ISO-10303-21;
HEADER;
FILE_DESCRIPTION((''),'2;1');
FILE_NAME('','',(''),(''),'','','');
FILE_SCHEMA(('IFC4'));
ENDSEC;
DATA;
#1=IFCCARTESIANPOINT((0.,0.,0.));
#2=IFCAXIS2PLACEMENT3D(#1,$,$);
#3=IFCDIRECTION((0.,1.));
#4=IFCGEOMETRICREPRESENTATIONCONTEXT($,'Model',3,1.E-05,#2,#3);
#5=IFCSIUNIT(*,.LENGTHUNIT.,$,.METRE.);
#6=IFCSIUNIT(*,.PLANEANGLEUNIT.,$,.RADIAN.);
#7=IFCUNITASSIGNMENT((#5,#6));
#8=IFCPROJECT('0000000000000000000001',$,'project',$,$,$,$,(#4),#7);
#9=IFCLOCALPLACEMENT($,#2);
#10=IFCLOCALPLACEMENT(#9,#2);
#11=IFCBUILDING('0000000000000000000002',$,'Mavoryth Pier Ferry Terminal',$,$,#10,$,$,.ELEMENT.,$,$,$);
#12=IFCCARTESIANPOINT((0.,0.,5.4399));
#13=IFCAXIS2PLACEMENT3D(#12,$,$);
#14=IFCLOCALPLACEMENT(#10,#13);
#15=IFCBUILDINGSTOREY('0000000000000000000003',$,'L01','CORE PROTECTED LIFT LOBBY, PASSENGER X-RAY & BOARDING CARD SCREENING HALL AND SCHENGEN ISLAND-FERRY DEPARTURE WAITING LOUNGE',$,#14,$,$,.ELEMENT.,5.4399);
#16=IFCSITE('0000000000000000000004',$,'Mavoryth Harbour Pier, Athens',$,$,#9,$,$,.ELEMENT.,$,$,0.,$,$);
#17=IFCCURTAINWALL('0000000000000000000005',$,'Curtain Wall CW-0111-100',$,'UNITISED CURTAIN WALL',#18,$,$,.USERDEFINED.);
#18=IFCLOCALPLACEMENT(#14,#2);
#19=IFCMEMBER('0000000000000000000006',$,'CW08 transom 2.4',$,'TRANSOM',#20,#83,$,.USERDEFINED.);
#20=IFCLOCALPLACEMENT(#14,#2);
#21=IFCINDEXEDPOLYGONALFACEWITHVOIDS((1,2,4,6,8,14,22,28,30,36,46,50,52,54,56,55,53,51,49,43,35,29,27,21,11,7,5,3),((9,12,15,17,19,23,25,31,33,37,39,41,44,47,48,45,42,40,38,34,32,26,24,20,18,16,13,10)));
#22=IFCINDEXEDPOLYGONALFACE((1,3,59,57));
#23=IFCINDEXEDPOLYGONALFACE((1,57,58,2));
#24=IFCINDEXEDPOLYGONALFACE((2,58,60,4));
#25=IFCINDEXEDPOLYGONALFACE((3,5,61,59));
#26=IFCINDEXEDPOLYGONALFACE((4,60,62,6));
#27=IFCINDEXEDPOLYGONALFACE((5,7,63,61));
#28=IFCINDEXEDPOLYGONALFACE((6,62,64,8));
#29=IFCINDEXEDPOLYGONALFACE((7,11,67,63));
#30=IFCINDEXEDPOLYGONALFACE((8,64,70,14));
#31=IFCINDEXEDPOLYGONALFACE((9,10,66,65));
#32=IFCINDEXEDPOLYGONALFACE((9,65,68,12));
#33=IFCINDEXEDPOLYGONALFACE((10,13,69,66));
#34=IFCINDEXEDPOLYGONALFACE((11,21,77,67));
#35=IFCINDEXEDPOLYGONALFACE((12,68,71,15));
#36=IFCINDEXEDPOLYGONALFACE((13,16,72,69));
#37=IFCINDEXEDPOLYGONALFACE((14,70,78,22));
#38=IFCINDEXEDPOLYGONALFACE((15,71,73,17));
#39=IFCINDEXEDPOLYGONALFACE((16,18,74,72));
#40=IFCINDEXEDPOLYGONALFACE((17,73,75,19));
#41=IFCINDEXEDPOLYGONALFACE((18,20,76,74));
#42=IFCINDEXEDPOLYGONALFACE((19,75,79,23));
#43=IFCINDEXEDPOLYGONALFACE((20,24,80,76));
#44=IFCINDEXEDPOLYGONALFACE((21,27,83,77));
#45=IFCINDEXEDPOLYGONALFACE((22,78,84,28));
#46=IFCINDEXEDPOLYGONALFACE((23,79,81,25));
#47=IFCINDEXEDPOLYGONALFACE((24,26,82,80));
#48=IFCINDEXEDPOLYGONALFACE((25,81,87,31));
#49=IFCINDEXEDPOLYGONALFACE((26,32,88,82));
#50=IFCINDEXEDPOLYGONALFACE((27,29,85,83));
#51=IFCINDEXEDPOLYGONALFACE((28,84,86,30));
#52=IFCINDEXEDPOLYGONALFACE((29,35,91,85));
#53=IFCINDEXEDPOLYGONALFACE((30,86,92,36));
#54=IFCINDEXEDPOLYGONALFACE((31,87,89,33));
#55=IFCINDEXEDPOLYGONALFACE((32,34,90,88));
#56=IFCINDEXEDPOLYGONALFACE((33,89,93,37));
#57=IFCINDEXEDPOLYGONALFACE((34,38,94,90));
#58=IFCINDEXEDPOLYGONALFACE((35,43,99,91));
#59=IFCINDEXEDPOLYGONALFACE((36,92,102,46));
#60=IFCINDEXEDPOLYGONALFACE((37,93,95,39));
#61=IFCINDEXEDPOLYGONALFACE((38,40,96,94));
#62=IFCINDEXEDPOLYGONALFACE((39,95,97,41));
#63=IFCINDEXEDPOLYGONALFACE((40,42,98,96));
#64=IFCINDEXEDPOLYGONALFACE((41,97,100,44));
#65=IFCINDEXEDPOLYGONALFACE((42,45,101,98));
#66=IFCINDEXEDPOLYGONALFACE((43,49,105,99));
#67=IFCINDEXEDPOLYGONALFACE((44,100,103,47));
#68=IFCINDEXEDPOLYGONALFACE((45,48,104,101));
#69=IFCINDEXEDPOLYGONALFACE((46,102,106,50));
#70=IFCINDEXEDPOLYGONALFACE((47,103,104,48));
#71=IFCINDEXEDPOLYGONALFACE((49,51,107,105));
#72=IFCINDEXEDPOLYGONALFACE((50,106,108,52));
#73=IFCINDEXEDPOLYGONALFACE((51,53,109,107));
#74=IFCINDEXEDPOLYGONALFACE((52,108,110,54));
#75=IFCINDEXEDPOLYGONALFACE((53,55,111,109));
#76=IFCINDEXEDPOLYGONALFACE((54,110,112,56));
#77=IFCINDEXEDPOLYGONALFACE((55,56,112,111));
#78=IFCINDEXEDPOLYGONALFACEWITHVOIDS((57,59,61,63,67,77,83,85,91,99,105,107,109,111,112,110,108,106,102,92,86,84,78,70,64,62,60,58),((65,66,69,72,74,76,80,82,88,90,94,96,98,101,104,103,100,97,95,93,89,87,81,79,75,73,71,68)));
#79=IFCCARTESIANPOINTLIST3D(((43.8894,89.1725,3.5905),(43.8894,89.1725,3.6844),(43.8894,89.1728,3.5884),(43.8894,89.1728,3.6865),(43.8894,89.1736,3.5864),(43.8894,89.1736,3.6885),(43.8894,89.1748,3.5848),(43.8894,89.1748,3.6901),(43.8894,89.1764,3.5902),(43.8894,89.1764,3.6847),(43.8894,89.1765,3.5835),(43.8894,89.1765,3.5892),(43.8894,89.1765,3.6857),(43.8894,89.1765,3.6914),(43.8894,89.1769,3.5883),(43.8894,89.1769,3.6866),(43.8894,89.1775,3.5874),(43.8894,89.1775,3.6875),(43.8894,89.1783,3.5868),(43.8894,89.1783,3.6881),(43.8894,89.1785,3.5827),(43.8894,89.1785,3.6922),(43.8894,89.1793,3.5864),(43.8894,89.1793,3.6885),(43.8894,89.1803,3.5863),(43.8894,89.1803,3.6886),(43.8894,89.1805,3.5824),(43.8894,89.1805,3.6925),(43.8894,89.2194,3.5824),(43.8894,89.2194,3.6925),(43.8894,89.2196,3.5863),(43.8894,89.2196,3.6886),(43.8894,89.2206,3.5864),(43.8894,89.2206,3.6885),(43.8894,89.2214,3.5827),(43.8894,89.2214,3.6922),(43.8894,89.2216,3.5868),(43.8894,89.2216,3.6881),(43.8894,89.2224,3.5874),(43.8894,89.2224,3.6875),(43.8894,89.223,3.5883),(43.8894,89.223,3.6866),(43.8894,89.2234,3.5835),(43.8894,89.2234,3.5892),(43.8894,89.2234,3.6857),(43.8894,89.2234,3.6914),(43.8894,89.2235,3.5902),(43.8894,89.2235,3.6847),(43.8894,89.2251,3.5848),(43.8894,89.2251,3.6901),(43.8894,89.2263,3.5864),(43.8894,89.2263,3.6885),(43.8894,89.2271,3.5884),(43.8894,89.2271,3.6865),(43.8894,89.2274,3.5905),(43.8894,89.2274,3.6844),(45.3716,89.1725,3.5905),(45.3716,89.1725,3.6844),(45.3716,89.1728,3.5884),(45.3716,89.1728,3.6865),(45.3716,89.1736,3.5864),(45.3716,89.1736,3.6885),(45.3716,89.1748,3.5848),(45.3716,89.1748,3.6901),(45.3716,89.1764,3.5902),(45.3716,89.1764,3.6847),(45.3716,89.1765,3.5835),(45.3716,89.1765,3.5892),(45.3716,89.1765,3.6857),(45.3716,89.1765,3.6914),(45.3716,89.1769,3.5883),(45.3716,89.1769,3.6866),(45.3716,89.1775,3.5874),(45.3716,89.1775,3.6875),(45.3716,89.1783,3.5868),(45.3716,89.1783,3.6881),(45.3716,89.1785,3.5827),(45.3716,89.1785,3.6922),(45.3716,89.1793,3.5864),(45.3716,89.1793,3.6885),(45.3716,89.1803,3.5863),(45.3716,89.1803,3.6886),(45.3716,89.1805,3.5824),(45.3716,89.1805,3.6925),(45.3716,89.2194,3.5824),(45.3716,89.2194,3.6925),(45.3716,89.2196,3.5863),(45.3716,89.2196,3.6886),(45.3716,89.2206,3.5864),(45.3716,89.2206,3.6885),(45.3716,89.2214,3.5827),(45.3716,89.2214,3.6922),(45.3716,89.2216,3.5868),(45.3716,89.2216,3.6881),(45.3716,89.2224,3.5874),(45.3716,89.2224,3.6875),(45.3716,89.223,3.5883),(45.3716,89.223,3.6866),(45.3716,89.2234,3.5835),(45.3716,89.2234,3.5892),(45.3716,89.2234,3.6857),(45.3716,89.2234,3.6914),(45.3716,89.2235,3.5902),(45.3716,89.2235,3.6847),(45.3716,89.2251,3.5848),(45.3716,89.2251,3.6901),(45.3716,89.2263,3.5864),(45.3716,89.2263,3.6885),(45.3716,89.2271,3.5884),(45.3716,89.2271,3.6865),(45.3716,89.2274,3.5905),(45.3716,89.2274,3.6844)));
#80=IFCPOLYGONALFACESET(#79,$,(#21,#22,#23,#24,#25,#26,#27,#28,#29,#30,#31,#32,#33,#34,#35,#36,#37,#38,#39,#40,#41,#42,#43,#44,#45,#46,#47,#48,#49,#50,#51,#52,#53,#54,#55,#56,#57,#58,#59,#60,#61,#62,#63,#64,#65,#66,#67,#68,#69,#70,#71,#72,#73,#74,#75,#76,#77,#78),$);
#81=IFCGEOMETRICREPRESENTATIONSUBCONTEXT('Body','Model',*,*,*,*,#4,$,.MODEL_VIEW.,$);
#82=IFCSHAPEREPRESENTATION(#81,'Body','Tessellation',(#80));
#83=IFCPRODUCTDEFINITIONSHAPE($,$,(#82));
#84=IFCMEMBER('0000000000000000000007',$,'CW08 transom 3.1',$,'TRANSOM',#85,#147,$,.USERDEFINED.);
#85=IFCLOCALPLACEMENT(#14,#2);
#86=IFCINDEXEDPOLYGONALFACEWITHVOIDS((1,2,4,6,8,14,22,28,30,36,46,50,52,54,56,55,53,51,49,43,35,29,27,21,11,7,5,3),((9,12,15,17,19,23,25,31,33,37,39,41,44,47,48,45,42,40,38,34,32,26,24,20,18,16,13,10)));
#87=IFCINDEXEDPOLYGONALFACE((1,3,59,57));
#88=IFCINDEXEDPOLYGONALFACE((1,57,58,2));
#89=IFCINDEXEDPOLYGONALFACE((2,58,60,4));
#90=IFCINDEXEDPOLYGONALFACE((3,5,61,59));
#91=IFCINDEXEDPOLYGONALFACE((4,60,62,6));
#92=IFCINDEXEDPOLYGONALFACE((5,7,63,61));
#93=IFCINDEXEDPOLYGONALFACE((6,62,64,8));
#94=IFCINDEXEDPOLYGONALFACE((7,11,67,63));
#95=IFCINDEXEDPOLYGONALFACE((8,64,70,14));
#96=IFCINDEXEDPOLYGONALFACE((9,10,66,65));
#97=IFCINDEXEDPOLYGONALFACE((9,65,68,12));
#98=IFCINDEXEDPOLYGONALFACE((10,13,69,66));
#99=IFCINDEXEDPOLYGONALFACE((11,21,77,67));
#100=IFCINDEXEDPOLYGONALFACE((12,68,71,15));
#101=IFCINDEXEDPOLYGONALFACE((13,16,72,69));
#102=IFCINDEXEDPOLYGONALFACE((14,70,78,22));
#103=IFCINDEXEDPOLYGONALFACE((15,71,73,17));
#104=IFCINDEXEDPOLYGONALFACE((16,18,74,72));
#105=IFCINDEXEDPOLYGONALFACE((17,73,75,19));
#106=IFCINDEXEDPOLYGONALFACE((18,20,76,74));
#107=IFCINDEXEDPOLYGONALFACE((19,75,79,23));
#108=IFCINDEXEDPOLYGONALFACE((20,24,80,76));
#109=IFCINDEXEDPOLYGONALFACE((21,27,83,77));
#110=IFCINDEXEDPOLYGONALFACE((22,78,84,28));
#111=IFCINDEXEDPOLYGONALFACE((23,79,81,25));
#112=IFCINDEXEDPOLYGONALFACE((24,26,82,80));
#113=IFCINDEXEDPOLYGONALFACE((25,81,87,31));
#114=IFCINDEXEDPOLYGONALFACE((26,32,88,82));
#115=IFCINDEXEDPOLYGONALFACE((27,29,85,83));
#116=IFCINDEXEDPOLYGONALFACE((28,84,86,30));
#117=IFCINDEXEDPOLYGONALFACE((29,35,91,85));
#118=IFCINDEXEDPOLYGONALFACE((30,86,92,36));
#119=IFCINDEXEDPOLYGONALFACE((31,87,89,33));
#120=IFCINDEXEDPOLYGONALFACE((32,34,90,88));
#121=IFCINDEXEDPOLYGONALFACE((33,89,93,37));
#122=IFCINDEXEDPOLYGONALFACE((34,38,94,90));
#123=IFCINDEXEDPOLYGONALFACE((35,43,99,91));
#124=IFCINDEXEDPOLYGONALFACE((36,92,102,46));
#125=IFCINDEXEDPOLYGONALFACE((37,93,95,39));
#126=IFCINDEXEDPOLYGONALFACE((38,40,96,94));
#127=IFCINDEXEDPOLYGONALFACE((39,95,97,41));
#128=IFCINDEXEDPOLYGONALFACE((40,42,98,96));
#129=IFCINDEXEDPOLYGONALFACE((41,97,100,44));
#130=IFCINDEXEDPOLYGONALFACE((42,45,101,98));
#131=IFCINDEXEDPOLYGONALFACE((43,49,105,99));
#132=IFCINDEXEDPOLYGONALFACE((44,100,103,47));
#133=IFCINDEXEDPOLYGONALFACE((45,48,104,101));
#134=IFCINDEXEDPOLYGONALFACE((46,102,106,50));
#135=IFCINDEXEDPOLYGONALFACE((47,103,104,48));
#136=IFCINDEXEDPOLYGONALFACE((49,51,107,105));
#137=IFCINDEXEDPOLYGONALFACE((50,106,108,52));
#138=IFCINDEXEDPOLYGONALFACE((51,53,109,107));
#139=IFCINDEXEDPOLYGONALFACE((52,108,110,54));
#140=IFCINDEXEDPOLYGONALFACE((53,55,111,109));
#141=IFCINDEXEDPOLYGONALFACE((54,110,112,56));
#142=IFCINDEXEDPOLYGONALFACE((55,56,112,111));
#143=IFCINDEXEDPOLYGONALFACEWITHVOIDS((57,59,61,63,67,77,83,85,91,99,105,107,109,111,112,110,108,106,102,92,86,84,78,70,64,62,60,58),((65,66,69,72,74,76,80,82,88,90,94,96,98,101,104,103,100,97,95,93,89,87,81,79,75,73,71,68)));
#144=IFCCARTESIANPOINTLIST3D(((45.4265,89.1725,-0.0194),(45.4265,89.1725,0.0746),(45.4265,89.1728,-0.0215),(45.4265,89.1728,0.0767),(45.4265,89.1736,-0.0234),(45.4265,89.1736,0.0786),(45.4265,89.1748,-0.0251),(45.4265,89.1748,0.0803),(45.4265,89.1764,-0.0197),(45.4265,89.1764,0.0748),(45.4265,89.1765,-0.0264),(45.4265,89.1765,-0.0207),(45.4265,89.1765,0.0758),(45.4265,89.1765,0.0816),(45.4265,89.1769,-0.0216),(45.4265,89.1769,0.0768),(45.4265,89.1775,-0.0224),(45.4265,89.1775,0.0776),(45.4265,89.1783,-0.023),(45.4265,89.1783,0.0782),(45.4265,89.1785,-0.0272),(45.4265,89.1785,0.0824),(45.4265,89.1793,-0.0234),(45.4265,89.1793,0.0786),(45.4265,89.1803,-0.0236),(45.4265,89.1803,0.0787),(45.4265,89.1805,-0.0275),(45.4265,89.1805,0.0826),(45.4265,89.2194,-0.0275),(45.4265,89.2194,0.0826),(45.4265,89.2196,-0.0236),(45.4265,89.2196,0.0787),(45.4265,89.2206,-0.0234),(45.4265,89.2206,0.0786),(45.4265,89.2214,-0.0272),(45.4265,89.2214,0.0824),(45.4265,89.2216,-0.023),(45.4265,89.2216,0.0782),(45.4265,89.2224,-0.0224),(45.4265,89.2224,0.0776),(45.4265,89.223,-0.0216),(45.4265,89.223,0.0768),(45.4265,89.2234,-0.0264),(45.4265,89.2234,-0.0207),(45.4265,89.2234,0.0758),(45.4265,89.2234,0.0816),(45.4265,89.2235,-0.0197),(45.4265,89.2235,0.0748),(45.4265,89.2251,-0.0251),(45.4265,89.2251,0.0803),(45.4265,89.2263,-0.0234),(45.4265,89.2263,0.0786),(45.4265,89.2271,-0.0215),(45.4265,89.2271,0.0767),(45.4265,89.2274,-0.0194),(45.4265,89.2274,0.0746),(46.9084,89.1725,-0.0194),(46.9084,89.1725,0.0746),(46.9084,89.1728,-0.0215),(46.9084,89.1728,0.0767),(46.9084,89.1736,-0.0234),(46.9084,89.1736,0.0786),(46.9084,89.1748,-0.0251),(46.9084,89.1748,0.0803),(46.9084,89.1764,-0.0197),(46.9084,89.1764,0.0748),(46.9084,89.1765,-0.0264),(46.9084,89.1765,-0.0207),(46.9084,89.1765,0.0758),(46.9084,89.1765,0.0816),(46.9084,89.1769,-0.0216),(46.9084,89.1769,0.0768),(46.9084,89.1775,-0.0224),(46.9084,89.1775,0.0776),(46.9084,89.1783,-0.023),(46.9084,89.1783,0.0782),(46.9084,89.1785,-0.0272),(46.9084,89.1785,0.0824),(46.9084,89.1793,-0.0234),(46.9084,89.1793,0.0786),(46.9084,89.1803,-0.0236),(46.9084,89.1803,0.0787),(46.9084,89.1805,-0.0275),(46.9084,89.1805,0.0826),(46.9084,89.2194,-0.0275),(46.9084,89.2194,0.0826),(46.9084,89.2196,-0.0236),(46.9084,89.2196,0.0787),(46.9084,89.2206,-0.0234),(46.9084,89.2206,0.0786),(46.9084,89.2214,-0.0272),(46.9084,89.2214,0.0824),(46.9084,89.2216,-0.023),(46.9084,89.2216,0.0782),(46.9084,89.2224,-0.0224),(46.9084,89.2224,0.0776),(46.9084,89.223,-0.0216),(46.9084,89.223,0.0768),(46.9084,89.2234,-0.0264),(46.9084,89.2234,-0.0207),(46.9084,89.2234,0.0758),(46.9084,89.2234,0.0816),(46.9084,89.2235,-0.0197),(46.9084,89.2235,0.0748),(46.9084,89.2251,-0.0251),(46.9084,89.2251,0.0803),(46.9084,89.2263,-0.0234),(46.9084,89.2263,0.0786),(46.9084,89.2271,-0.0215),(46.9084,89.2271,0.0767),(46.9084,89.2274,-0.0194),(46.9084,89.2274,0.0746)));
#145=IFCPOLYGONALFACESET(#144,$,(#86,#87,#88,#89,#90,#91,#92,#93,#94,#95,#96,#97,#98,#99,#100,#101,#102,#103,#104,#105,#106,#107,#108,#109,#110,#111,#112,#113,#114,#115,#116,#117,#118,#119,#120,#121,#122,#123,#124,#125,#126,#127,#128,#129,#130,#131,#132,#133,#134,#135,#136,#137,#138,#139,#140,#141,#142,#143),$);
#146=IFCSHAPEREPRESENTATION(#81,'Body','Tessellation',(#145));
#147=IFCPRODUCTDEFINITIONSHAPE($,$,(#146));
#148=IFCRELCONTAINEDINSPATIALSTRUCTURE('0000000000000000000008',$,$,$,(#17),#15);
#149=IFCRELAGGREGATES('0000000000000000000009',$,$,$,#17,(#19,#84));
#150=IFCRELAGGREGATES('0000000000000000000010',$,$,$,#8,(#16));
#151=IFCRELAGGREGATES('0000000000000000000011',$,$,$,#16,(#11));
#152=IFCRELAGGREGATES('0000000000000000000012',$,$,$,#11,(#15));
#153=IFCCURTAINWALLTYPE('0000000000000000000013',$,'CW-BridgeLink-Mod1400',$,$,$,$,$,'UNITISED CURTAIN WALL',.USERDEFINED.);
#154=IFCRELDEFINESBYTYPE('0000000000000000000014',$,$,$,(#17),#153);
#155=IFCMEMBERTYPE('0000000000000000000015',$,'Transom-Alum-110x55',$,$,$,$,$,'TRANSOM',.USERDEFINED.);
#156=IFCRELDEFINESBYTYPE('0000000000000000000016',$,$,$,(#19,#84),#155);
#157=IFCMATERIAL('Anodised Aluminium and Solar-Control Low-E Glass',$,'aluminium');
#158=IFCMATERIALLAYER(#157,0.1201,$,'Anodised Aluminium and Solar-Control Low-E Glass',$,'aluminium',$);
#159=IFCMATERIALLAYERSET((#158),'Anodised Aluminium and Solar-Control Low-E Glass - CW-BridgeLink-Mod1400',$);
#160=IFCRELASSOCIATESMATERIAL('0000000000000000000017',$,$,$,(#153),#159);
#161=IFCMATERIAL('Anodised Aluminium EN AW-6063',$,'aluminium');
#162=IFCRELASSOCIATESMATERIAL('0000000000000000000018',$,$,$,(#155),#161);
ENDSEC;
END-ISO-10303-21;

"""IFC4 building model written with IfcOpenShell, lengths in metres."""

from ifc_helpers import new_model, si_unit, direction, frame, origin, origin_2d, place, context, subcontext, project, spatial, hollow_rectangle, extrude, material, layer, layer_set, material_profile, profile_set, type_object, element, aggregate, save


model = new_model("IFC4")

# Units and contexts
model_context = context("Model", 3, precision=1e-05, world=origin(), true_north=direction((0.0, 1.0)))
body_context = subcontext(model_context, "Body", "Model", "MODEL_VIEW")
ifc_project = project(units=[si_unit("LENGTHUNIT", "METRE"), si_unit("PLANEANGLEUNIT", "RADIAN")], contexts=[model_context])

# Site, building, storey
site_placement = place(None, origin())
site = spatial("IfcSite", under=ifc_project, at=site_placement, Name="Mavoryth Harbour Pier, Athens", CompositionType="ELEMENT", RefElevation=0.0)
building_placement = place(site_placement, origin())
building = spatial("IfcBuilding", under=site, at=building_placement, Name="Mavoryth Pier Ferry Terminal", CompositionType="ELEMENT")
storey_placement = place(building_placement, frame((0.0, 0.0, 5.4399)))
storey = spatial("IfcBuildingStorey", under=building, at=storey_placement, Name="L01", Description="CORE PROTECTED LIFT LOBBY, PASSENGER X-RAY & BOARDING CARD SCREENING HALL AND SCHENGEN ISLAND-FERRY DEPARTURE WAITING LOUNGE", CompositionType="ELEMENT", Elevation=5.4399)

# Curtain wall
ifc_material_1 = material(Name="Anodised Aluminium and Solar-Control Low-E Glass", Category="aluminium")
ifc_layer_1 = layer(ifc_material_1, 0.1201, Name="Anodised Aluminium and Solar-Control Low-E Glass", Category="aluminium")
ifc_layer_set_1 = layer_set([ifc_layer_1], Name="Anodised Aluminium and Solar-Control Low-E Glass - CW-BridgeLink-Mod1400")
curtain_wall_type = type_object("IfcCurtainWallType", Name="CW-BridgeLink-Mod1400", ElementType="UNITISED CURTAIN WALL", PredefinedType="USERDEFINED", material=ifc_layer_set_1)
curtain_wall_placement = place(storey_placement, origin())
curtain_wall = element("IfcCurtainWall", 1, at=curtain_wall_placement, inside=storey, type_object=curtain_wall_type, Name="Curtain Wall CW-0111-100", ObjectType="UNITISED CURTAIN WALL", PredefinedType="USERDEFINED")
ifc_material_2 = material(Name="Anodised Aluminium EN AW-6063", Category="aluminium")

# Members
ifc_material_profile_1 = material_profile(ifc_material_2, hollow_rectangle(XDim=0.0549, YDim=0.1101, WallThickness=0.0039, InnerFilletRadius=0.0039, OuterFilletRadius=0.0081, at=origin_2d()), Name="AL-TRAN 110x55x4", Category="aluminium")
ifc_profile_set_1 = profile_set([ifc_material_profile_1], Name="Anodised Aluminium EN AW-6063 - AL-TRAN 110x55x4")
member_type_1 = type_object("IfcMemberType", Name="Transom-Alum-110x55", ElementType="TRANSOM", PredefinedType="USERDEFINED", material=ifc_profile_set_1)
member_1_placement = place(storey_placement, frame((43.8894, 89.2, 3.6375), z_axis=(1.0, 0.0, 0.0), x_axis=(0.0, 1.0, 0.0)))
member_1 = element("IfcMember", 2, at=member_1_placement, type_object=member_type_1, Name="CW08 transom 2.4", ObjectType="TRANSOM", PredefinedType="USERDEFINED", context=body_context, shape_type="SweptSolid", body=[
    extrude(hollow_rectangle(XDim=0.0549, YDim=0.1101, WallThickness=0.0039, InnerFilletRadius=0.0039, OuterFilletRadius=0.0081, at=origin_2d()), origin(), (0.0, 0.0, 1.0), 1.4822),
])
member_2_placement = place(storey_placement, frame((45.4265, 89.2, 0.0276), z_axis=(1.0, 0.0, 0.0), x_axis=(0.0, 1.0, 0.0)))
member_2 = element("IfcMember", 3, at=member_2_placement, type_object=member_type_1, Name="CW08 transom 3.1", ObjectType="TRANSOM", PredefinedType="USERDEFINED", context=body_context, shape_type="SweptSolid", body=[
    extrude(hollow_rectangle(XDim=0.0549, YDim=0.1101, WallThickness=0.0039, InnerFilletRadius=0.0039, OuterFilletRadius=0.0081, at=origin_2d()), origin(), (0.0, 0.0, 1.0), 1.4819),
])

aggregate(curtain_wall, [member_1, member_2])

save(model, "model.ifc")
